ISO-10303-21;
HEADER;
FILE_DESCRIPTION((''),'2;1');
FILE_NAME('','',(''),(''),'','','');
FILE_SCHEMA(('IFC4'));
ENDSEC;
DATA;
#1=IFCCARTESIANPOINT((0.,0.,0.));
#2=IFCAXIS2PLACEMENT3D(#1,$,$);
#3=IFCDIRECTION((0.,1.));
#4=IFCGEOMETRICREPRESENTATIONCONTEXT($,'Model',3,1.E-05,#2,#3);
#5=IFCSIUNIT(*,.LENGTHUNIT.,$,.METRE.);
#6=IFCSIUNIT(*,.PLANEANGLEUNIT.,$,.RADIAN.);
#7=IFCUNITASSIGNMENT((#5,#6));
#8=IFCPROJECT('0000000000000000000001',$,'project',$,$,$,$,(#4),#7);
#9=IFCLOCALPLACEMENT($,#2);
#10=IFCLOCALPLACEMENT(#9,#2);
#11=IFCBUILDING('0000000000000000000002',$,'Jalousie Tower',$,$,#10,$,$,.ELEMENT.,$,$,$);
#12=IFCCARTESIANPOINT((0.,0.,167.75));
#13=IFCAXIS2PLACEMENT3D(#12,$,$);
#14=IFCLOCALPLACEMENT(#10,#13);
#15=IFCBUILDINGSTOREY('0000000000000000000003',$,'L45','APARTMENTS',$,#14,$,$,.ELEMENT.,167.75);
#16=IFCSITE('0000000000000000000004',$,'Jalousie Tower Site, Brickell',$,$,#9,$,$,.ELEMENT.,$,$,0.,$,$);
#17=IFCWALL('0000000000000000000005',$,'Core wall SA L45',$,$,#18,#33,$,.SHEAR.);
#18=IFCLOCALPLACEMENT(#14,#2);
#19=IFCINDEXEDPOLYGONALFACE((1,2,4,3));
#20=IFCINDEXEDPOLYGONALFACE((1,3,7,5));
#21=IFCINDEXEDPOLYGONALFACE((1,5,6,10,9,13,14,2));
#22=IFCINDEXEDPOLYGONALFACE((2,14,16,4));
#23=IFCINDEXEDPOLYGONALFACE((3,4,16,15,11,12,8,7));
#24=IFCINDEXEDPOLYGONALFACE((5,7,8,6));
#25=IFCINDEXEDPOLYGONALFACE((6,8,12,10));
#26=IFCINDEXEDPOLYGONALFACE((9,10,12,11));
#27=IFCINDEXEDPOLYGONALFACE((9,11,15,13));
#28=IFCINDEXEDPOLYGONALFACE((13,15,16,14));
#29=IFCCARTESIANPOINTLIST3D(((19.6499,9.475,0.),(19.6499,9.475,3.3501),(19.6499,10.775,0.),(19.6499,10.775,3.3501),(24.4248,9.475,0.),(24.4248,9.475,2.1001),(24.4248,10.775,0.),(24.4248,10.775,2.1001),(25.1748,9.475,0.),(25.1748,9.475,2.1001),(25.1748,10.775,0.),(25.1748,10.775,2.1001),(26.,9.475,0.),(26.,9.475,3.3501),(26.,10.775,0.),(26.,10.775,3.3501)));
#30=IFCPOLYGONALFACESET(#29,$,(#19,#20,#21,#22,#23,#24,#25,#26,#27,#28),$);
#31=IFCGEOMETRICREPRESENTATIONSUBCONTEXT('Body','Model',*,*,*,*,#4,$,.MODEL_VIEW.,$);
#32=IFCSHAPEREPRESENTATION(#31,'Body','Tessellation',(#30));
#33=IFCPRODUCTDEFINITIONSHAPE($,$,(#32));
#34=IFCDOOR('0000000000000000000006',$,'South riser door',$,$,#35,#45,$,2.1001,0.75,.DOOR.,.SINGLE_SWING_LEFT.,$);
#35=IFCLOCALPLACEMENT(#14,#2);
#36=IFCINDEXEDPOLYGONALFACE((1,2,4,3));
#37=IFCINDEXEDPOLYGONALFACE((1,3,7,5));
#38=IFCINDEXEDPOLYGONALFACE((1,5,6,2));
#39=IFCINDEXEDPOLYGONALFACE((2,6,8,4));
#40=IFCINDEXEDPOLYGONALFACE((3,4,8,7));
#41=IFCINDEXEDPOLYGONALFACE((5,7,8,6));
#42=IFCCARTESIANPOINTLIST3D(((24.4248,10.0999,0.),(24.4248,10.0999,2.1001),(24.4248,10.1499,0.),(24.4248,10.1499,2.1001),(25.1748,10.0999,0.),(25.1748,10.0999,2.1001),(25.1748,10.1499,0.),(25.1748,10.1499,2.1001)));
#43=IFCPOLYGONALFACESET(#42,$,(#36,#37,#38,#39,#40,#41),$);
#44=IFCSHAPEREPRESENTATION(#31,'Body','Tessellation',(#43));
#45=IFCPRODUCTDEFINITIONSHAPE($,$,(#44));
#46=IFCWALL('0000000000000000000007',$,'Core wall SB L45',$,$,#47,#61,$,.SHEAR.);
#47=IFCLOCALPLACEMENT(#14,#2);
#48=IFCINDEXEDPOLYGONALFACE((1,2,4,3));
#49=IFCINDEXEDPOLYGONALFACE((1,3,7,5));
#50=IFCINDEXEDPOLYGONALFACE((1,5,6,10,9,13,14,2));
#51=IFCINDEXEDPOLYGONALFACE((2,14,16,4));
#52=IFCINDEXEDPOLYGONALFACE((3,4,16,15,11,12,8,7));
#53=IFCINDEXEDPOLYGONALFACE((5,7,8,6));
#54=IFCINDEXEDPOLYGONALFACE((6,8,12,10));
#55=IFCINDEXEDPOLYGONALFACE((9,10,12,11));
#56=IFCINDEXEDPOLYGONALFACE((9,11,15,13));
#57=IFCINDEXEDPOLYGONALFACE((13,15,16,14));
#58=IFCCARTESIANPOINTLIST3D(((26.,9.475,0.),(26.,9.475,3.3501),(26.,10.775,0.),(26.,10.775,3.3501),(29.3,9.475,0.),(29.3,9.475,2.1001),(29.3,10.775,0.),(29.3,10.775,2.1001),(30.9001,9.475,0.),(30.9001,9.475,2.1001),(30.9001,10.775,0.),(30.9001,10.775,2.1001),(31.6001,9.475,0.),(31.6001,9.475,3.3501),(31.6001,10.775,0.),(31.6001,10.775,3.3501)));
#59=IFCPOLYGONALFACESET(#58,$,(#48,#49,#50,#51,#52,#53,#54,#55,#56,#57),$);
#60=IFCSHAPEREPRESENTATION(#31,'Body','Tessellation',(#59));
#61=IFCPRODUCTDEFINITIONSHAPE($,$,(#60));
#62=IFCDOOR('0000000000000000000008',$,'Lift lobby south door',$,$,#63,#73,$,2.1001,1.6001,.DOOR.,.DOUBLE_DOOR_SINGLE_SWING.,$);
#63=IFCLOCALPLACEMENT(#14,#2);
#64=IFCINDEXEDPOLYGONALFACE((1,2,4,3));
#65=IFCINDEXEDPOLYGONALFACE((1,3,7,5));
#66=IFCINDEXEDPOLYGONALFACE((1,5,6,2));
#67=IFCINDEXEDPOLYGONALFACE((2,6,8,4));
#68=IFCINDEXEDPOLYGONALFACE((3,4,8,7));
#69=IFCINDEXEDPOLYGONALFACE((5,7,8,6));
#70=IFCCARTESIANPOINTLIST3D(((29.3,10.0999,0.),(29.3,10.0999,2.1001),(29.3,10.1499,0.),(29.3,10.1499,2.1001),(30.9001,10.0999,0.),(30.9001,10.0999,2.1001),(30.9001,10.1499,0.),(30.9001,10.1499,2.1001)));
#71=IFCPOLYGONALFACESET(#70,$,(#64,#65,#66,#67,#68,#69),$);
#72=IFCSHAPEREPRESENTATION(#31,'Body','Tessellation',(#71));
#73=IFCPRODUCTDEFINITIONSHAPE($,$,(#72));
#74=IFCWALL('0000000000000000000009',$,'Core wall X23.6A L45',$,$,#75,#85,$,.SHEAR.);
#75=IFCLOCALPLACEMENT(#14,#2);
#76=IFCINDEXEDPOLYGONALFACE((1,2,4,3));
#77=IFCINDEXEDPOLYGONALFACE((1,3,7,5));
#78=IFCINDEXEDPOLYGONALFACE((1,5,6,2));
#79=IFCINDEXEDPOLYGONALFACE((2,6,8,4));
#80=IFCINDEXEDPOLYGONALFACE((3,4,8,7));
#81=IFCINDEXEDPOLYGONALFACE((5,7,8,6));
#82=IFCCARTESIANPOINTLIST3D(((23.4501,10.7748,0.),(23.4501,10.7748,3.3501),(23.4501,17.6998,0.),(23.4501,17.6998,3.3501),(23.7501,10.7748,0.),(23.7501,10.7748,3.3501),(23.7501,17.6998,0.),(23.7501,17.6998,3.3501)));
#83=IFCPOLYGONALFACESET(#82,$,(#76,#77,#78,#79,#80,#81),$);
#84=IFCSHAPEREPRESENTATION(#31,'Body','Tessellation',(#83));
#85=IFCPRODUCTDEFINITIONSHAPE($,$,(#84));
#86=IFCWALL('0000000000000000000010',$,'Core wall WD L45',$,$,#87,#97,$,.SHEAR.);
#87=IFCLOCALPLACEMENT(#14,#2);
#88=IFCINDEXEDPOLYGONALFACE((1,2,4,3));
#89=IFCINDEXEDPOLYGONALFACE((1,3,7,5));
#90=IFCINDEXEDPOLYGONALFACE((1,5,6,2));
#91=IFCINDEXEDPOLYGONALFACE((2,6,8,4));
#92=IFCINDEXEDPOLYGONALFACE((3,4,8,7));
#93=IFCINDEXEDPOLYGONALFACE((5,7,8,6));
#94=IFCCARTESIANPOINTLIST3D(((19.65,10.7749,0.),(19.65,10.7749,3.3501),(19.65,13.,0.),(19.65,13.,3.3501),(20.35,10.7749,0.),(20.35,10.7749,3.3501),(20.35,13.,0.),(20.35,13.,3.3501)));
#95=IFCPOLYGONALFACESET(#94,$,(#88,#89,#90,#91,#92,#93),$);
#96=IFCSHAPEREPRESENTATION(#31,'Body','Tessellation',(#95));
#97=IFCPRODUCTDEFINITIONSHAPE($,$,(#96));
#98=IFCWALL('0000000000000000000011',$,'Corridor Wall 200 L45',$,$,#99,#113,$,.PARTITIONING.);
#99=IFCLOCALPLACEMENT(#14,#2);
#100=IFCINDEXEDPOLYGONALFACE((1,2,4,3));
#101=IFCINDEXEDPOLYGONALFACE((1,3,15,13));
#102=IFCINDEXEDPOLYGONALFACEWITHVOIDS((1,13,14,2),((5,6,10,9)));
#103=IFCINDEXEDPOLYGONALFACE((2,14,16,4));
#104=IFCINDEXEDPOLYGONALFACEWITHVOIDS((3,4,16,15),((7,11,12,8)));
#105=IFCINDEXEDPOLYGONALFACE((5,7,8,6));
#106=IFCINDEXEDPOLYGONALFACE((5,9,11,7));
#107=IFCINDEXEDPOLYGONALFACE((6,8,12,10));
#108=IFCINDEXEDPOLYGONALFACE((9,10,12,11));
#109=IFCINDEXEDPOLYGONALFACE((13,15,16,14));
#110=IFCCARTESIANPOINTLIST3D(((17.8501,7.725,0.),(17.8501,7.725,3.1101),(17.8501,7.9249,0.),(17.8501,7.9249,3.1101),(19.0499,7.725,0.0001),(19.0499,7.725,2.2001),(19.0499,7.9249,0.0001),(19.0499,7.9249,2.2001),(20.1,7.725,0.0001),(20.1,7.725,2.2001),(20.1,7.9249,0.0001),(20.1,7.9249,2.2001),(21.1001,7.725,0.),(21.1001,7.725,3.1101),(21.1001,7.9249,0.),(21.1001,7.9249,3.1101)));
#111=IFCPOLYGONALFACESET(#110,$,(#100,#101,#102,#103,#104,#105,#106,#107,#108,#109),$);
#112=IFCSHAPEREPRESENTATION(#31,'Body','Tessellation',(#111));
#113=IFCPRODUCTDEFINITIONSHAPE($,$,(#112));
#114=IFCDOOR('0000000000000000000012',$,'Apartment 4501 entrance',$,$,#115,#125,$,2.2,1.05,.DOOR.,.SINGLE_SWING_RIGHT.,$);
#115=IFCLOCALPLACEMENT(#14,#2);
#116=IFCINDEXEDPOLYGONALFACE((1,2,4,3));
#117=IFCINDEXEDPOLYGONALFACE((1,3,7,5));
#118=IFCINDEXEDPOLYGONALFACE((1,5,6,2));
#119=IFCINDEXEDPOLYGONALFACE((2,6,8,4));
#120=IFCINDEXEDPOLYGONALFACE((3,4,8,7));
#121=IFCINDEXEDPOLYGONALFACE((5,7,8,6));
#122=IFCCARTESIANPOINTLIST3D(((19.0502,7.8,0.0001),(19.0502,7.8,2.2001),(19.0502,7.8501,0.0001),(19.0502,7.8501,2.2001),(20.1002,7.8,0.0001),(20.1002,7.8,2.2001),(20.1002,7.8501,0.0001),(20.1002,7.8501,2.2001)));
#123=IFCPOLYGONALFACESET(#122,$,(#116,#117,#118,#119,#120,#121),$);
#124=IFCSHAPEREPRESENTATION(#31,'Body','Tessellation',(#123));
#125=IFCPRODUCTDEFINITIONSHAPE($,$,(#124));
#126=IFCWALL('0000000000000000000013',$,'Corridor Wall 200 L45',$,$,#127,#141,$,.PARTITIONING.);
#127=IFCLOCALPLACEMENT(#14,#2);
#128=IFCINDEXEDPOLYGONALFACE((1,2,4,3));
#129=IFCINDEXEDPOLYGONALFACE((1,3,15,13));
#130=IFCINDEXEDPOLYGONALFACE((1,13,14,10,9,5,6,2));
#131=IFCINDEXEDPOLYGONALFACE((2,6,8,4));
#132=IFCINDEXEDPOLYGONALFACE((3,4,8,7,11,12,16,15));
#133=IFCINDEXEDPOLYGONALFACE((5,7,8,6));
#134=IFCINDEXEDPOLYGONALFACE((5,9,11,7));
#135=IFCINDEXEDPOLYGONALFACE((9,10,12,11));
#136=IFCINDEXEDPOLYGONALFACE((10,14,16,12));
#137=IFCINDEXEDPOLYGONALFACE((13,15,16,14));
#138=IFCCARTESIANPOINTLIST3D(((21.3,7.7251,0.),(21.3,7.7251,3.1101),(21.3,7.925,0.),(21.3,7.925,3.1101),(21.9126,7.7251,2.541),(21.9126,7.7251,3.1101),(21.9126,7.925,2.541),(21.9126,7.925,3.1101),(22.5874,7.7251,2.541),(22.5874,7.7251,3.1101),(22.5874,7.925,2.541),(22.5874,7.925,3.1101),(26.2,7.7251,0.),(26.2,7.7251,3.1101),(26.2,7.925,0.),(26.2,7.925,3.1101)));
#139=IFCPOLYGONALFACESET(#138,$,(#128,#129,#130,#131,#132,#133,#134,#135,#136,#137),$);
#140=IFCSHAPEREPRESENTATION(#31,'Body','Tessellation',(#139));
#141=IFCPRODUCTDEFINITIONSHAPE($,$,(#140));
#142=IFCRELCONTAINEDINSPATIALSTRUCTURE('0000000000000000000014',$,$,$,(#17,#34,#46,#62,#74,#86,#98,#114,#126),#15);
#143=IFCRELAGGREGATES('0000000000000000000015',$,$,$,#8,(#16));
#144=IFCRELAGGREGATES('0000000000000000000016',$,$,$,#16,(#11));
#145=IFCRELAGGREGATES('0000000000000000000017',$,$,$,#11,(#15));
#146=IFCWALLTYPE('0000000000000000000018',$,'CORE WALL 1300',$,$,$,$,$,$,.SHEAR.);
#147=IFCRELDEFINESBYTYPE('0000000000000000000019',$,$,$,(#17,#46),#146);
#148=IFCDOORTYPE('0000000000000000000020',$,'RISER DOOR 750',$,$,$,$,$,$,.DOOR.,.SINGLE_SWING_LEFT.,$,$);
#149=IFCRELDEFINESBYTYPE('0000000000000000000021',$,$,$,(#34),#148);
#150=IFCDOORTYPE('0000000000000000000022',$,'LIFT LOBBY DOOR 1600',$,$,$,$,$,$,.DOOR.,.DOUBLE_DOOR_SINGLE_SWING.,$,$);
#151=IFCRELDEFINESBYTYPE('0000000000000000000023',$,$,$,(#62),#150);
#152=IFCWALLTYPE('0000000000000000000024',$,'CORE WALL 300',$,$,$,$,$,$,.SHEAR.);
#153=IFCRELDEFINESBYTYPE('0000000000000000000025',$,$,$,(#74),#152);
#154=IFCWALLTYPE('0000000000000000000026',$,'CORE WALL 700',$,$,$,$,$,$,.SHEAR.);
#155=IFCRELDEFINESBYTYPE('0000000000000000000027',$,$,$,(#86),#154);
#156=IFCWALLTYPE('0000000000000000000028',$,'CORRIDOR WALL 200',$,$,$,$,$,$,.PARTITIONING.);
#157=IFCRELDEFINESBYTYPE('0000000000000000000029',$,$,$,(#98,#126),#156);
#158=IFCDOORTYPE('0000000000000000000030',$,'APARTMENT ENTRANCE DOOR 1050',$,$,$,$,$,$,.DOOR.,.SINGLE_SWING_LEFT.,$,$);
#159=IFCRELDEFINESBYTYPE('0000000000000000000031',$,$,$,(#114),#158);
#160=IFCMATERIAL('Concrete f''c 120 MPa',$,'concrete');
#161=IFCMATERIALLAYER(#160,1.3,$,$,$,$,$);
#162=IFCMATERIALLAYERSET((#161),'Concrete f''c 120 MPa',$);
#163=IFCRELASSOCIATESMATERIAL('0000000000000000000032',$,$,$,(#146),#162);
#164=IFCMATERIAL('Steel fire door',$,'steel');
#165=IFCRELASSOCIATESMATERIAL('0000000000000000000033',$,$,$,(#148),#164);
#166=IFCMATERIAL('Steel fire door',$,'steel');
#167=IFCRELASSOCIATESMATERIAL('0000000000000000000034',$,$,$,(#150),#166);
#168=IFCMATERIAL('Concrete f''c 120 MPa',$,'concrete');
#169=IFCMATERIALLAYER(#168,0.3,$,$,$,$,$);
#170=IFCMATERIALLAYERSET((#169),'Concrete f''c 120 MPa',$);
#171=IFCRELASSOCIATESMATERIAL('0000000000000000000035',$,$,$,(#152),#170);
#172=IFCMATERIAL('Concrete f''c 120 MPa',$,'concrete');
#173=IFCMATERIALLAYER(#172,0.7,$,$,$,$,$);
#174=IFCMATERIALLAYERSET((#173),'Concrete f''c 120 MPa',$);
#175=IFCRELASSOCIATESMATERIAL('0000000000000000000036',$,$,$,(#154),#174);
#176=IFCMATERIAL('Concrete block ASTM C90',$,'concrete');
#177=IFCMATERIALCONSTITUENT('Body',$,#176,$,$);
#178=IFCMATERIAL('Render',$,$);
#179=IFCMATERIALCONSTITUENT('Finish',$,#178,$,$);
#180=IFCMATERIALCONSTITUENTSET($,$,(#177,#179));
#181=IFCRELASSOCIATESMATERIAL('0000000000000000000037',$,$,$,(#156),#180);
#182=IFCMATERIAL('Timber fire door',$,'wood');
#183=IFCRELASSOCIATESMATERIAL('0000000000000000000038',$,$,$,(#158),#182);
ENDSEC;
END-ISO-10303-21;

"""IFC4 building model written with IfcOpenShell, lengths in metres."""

from ifc_helpers import new_model, si_unit, direction, frame, frame_2d, origin, place, context, subcontext, project, spatial, polyline, rectangle, outline, extrude, material, layer, layer_set, constituent, constituent_set, type_object, element, fill, save


model = new_model("IFC4")

# Units and contexts
model_context = context("Model", 3, precision=1e-05, world=origin(), true_north=direction((0.0, 1.0)))
body_context = subcontext(model_context, "Body", "Model", "MODEL_VIEW")
ifc_project = project(units=[si_unit("LENGTHUNIT", "METRE"), si_unit("PLANEANGLEUNIT", "RADIAN")], contexts=[model_context])

# Site, building, storey
site_placement = place(None, origin())
site = spatial("IfcSite", under=ifc_project, at=site_placement, Name="Jalousie Tower Site, Brickell", CompositionType="ELEMENT", RefElevation=0.0)
building_placement = place(site_placement, origin())
building = spatial("IfcBuilding", under=site, at=building_placement, Name="Jalousie Tower", CompositionType="ELEMENT")
storey_placement = place(building_placement, frame((0.0, 0.0, 167.75)))
storey = spatial("IfcBuildingStorey", under=building, at=storey_placement, Name="L45", Description="APARTMENTS", CompositionType="ELEMENT", Elevation=167.75)

# Walls, openings, doors
ifc_material_1 = material(Name="Concrete f'c 120 MPa", Category="concrete")
ifc_layer_1 = layer(ifc_material_1, 1.3)
ifc_layer_set_1 = layer_set([ifc_layer_1], Name="Concrete f'c 120 MPa")
wall_type_1 = type_object("IfcWallType", Name="CORE WALL 1300", PredefinedType="SHEAR", material=ifc_layer_set_1)
wall_1_placement = place(storey_placement, frame((19.6499, 10.125, 0.0), z_axis=(0.0, 0.0, 1.0), x_axis=(1.0, 0.0, 0.0)))
wall_1 = element("IfcWall", 1, at=wall_1_placement, inside=storey, type_object=wall_type_1, Name="Core wall SA L45", PredefinedType="SHEAR", context=body_context, shape_type="SweptSolid", body=[
    extrude(rectangle(XDim=6.3501, YDim=1.3, at=frame_2d((3.175, 0.0))), origin(), (0.0, 0.0, 1.0), 3.3501),
])
opening_1_placement = place(wall_1_placement, frame((4.7749, 0.0, 0.0)))
opening_1 = element("IfcOpeningElement", 2, at=opening_1_placement, cuts=wall_1, PredefinedType="OPENING", context=body_context, shape_type="SweptSolid", body=[
    extrude(rectangle(XDim=0.75, YDim=2.1001, at=frame_2d((0.375, 1.05))), frame((0.0, 0.6599, 0.0), z_axis=(0.0, -1.0, 0.0), x_axis=(1.0, 0.0, 0.0)), (0.0, 0.0, 1.0), 1.3201),
])
ifc_material_2 = material(Name="Steel fire door", Category="steel")
door_type_1 = type_object("IfcDoorType", Name="RISER DOOR 750", OperationType="SINGLE_SWING_LEFT", PredefinedType="DOOR", material=ifc_material_2)
door_1_placement = place(opening_1_placement, origin())
door_1 = element("IfcDoor", 3, at=door_1_placement, inside=storey, type_object=door_type_1, Name="South riser door", OperationType="SINGLE_SWING_LEFT", OverallHeight=2.1001, OverallWidth=0.75, PredefinedType="DOOR", context=body_context, shape_type="SweptSolid", body=[
    extrude(rectangle(XDim=0.75, YDim=2.1001, at=frame_2d((0.375, 1.05))), frame((0.0, 0.0249, 0.0), z_axis=(0.0, -1.0, 0.0), x_axis=(1.0, 0.0, 0.0)), (0.0, 0.0, 1.0), 0.05),
])
fill(opening_1, door_1)
wall_2_placement = place(storey_placement, frame((26.0, 10.125, 0.0), z_axis=(0.0, 0.0, 1.0), x_axis=(1.0, 0.0, 0.0)))
wall_2 = element("IfcWall", 4, at=wall_2_placement, inside=storey, type_object=wall_type_1, Name="Core wall SB L45", PredefinedType="SHEAR", context=body_context, shape_type="SweptSolid", body=[
    extrude(rectangle(XDim=5.6001, YDim=1.3, at=frame_2d((2.8, 0.0))), origin(), (0.0, 0.0, 1.0), 3.3501),
])
opening_2_placement = place(wall_2_placement, frame((3.3, 0.0, 0.0)))
opening_2 = element("IfcOpeningElement", 5, at=opening_2_placement, cuts=wall_2, PredefinedType="OPENING", context=body_context, shape_type="SweptSolid", body=[
    extrude(rectangle(XDim=1.6001, YDim=2.1001, at=frame_2d((0.8, 1.05))), frame((0.0, 0.6599, 0.0), z_axis=(0.0, -1.0, 0.0), x_axis=(1.0, 0.0, 0.0)), (0.0, 0.0, 1.0), 1.3201),
])
ifc_material_3 = material(Name="Steel fire door", Category="steel")
door_type_2 = type_object("IfcDoorType", Name="LIFT LOBBY DOOR 1600", OperationType="DOUBLE_DOOR_SINGLE_SWING", PredefinedType="DOOR", material=ifc_material_3)
door_2_placement = place(opening_2_placement, origin())
door_2 = element("IfcDoor", 6, at=door_2_placement, inside=storey, type_object=door_type_2, Name="Lift lobby south door", OperationType="DOUBLE_DOOR_SINGLE_SWING", OverallHeight=2.1001, OverallWidth=1.6001, PredefinedType="DOOR", context=body_context, shape_type="SweptSolid", body=[
    extrude(rectangle(XDim=1.6001, YDim=2.1001, at=frame_2d((0.8, 1.05))), frame((0.0, 0.0249, 0.0), z_axis=(0.0, -1.0, 0.0), x_axis=(1.0, 0.0, 0.0)), (0.0, 0.0, 1.0), 0.05),
])
fill(opening_2, door_2)

# Walls
ifc_material_4 = material(Name="Concrete f'c 120 MPa", Category="concrete")
ifc_layer_2 = layer(ifc_material_4, 0.3)
ifc_layer_set_2 = layer_set([ifc_layer_2], Name="Concrete f'c 120 MPa")
wall_type_2 = type_object("IfcWallType", Name="CORE WALL 300", PredefinedType="SHEAR", material=ifc_layer_set_2)
wall_3_placement = place(storey_placement, frame((23.6001, 10.7749, 0.0), z_axis=(0.0, 0.0, 1.0), x_axis=(0.0, 1.0, 0.0)))
element("IfcWall", 7, at=wall_3_placement, inside=storey, type_object=wall_type_2, Name="Core wall X23.6A L45", PredefinedType="SHEAR", context=body_context, shape_type="SweptSolid", body=[
    extrude(rectangle(XDim=6.925, YDim=0.3, at=frame_2d((3.4624, 0.0))), origin(), (0.0, 0.0, 1.0), 3.3501),
])
ifc_material_5 = material(Name="Concrete f'c 120 MPa", Category="concrete")
ifc_layer_3 = layer(ifc_material_5, 0.7)
ifc_layer_set_3 = layer_set([ifc_layer_3], Name="Concrete f'c 120 MPa")
wall_type_3 = type_object("IfcWallType", Name="CORE WALL 700", PredefinedType="SHEAR", material=ifc_layer_set_3)
wall_4_placement = place(storey_placement, frame((20.0, 13.0, 0.0), z_axis=(0.0, 0.0, 1.0), x_axis=(0.0, -1.0, 0.0)))
element("IfcWall", 8, at=wall_4_placement, inside=storey, type_object=wall_type_3, Name="Core wall WD L45", PredefinedType="SHEAR", context=body_context, shape_type="SweptSolid", body=[
    extrude(rectangle(XDim=2.2251, YDim=0.7, at=frame_2d((1.1125, 0.0))), origin(), (0.0, 0.0, 1.0), 3.3501),
])

# Wall, opening, door
ifc_material_6 = material(Name="Concrete block ASTM C90", Category="concrete")
ifc_constituent_1 = constituent(ifc_material_6, Name="Body")
ifc_material_7 = material(Name="Render")
ifc_constituent_2 = constituent(ifc_material_7, Name="Finish")
ifc_constituent_set_1 = constituent_set(constituents=[ifc_constituent_1, ifc_constituent_2])
wall_type_4 = type_object("IfcWallType", Name="CORRIDOR WALL 200", PredefinedType="PARTITIONING", material=ifc_constituent_set_1)
wall_5_placement = place(storey_placement, frame((17.8501, 7.825, 0.0), z_axis=(0.0, 0.0, 1.0), x_axis=(1.0, 0.0, 0.0)))
wall_5 = element("IfcWall", 9, at=wall_5_placement, inside=storey, type_object=wall_type_4, Name="Corridor Wall 200 L45", PredefinedType="PARTITIONING", context=body_context, shape_type="SweptSolid", body=[
    extrude(rectangle(XDim=3.25, YDim=0.2, at=frame_2d((1.625, 0.0))), origin(), (0.0, 0.0, 1.0), 3.1101),
])
opening_3_placement = place(wall_5_placement, frame((1.2, 0.0, 0.0)))
opening_3 = element("IfcOpeningElement", 10, at=opening_3_placement, cuts=wall_5, PredefinedType="OPENING", context=body_context, shape_type="SweptSolid", body=[
    extrude(rectangle(XDim=1.05, YDim=2.2, at=frame_2d((0.5249, 1.1001))), frame((0.0, 0.1099, 0.0), z_axis=(0.0, -1.0, 0.0), x_axis=(1.0, 0.0, 0.0)), (0.0, 0.0, 1.0), 0.22),
])
ifc_material_8 = material(Name="Timber fire door", Category="wood")
door_type_3 = type_object("IfcDoorType", Name="APARTMENT ENTRANCE DOOR 1050", OperationType="SINGLE_SWING_LEFT", PredefinedType="DOOR", material=ifc_material_8)
door_3_placement = place(opening_3_placement, frame((1.05, 0.0, 0.0), z_axis=(0.0, 0.0, 1.0), x_axis=(-1.0, 0.0, 0.0)))
door_3 = element("IfcDoor", 11, at=door_3_placement, inside=storey, type_object=door_type_3, Name="Apartment 4501 entrance", OperationType="SINGLE_SWING_RIGHT", OverallHeight=2.2, OverallWidth=1.05, PredefinedType="DOOR", context=body_context, shape_type="SweptSolid", body=[
    extrude(rectangle(XDim=1.05, YDim=2.2, at=frame_2d((0.5249, 1.1001))), frame((0.0, 0.0249, 0.0), z_axis=(0.0, -1.0, 0.0), x_axis=(1.0, 0.0, 0.0)), (0.0, 0.0, 1.0), 0.05),
])
fill(opening_3, door_3)

# Wall
wall_6_placement = place(storey_placement, frame((21.3, 7.825, 0.0), z_axis=(0.0, 0.0, 1.0), x_axis=(1.0, 0.0, 0.0)))
element("IfcWall", 12, at=wall_6_placement, inside=storey, type_object=wall_type_4, Name="Corridor Wall 200 L45", PredefinedType="PARTITIONING", context=body_context, shape_type="SweptSolid", body=[
    extrude(outline(polyline([(0.0, 0.0), (4.8999, 0.0), (4.8999, 3.1101), (1.2874, 3.1101), (1.2874, 2.541), (0.6125, 2.541), (0.6125, 3.1101), (0.0, 3.1101), (0.0, 0.0)])), frame((0.0, 0.1001, 0.0), z_axis=(0.0, -1.0, 0.0), x_axis=(1.0, 0.0, 0.0)), (0.0, 0.0, 1.0), 0.2),
])

save(model, "model.ifc")
